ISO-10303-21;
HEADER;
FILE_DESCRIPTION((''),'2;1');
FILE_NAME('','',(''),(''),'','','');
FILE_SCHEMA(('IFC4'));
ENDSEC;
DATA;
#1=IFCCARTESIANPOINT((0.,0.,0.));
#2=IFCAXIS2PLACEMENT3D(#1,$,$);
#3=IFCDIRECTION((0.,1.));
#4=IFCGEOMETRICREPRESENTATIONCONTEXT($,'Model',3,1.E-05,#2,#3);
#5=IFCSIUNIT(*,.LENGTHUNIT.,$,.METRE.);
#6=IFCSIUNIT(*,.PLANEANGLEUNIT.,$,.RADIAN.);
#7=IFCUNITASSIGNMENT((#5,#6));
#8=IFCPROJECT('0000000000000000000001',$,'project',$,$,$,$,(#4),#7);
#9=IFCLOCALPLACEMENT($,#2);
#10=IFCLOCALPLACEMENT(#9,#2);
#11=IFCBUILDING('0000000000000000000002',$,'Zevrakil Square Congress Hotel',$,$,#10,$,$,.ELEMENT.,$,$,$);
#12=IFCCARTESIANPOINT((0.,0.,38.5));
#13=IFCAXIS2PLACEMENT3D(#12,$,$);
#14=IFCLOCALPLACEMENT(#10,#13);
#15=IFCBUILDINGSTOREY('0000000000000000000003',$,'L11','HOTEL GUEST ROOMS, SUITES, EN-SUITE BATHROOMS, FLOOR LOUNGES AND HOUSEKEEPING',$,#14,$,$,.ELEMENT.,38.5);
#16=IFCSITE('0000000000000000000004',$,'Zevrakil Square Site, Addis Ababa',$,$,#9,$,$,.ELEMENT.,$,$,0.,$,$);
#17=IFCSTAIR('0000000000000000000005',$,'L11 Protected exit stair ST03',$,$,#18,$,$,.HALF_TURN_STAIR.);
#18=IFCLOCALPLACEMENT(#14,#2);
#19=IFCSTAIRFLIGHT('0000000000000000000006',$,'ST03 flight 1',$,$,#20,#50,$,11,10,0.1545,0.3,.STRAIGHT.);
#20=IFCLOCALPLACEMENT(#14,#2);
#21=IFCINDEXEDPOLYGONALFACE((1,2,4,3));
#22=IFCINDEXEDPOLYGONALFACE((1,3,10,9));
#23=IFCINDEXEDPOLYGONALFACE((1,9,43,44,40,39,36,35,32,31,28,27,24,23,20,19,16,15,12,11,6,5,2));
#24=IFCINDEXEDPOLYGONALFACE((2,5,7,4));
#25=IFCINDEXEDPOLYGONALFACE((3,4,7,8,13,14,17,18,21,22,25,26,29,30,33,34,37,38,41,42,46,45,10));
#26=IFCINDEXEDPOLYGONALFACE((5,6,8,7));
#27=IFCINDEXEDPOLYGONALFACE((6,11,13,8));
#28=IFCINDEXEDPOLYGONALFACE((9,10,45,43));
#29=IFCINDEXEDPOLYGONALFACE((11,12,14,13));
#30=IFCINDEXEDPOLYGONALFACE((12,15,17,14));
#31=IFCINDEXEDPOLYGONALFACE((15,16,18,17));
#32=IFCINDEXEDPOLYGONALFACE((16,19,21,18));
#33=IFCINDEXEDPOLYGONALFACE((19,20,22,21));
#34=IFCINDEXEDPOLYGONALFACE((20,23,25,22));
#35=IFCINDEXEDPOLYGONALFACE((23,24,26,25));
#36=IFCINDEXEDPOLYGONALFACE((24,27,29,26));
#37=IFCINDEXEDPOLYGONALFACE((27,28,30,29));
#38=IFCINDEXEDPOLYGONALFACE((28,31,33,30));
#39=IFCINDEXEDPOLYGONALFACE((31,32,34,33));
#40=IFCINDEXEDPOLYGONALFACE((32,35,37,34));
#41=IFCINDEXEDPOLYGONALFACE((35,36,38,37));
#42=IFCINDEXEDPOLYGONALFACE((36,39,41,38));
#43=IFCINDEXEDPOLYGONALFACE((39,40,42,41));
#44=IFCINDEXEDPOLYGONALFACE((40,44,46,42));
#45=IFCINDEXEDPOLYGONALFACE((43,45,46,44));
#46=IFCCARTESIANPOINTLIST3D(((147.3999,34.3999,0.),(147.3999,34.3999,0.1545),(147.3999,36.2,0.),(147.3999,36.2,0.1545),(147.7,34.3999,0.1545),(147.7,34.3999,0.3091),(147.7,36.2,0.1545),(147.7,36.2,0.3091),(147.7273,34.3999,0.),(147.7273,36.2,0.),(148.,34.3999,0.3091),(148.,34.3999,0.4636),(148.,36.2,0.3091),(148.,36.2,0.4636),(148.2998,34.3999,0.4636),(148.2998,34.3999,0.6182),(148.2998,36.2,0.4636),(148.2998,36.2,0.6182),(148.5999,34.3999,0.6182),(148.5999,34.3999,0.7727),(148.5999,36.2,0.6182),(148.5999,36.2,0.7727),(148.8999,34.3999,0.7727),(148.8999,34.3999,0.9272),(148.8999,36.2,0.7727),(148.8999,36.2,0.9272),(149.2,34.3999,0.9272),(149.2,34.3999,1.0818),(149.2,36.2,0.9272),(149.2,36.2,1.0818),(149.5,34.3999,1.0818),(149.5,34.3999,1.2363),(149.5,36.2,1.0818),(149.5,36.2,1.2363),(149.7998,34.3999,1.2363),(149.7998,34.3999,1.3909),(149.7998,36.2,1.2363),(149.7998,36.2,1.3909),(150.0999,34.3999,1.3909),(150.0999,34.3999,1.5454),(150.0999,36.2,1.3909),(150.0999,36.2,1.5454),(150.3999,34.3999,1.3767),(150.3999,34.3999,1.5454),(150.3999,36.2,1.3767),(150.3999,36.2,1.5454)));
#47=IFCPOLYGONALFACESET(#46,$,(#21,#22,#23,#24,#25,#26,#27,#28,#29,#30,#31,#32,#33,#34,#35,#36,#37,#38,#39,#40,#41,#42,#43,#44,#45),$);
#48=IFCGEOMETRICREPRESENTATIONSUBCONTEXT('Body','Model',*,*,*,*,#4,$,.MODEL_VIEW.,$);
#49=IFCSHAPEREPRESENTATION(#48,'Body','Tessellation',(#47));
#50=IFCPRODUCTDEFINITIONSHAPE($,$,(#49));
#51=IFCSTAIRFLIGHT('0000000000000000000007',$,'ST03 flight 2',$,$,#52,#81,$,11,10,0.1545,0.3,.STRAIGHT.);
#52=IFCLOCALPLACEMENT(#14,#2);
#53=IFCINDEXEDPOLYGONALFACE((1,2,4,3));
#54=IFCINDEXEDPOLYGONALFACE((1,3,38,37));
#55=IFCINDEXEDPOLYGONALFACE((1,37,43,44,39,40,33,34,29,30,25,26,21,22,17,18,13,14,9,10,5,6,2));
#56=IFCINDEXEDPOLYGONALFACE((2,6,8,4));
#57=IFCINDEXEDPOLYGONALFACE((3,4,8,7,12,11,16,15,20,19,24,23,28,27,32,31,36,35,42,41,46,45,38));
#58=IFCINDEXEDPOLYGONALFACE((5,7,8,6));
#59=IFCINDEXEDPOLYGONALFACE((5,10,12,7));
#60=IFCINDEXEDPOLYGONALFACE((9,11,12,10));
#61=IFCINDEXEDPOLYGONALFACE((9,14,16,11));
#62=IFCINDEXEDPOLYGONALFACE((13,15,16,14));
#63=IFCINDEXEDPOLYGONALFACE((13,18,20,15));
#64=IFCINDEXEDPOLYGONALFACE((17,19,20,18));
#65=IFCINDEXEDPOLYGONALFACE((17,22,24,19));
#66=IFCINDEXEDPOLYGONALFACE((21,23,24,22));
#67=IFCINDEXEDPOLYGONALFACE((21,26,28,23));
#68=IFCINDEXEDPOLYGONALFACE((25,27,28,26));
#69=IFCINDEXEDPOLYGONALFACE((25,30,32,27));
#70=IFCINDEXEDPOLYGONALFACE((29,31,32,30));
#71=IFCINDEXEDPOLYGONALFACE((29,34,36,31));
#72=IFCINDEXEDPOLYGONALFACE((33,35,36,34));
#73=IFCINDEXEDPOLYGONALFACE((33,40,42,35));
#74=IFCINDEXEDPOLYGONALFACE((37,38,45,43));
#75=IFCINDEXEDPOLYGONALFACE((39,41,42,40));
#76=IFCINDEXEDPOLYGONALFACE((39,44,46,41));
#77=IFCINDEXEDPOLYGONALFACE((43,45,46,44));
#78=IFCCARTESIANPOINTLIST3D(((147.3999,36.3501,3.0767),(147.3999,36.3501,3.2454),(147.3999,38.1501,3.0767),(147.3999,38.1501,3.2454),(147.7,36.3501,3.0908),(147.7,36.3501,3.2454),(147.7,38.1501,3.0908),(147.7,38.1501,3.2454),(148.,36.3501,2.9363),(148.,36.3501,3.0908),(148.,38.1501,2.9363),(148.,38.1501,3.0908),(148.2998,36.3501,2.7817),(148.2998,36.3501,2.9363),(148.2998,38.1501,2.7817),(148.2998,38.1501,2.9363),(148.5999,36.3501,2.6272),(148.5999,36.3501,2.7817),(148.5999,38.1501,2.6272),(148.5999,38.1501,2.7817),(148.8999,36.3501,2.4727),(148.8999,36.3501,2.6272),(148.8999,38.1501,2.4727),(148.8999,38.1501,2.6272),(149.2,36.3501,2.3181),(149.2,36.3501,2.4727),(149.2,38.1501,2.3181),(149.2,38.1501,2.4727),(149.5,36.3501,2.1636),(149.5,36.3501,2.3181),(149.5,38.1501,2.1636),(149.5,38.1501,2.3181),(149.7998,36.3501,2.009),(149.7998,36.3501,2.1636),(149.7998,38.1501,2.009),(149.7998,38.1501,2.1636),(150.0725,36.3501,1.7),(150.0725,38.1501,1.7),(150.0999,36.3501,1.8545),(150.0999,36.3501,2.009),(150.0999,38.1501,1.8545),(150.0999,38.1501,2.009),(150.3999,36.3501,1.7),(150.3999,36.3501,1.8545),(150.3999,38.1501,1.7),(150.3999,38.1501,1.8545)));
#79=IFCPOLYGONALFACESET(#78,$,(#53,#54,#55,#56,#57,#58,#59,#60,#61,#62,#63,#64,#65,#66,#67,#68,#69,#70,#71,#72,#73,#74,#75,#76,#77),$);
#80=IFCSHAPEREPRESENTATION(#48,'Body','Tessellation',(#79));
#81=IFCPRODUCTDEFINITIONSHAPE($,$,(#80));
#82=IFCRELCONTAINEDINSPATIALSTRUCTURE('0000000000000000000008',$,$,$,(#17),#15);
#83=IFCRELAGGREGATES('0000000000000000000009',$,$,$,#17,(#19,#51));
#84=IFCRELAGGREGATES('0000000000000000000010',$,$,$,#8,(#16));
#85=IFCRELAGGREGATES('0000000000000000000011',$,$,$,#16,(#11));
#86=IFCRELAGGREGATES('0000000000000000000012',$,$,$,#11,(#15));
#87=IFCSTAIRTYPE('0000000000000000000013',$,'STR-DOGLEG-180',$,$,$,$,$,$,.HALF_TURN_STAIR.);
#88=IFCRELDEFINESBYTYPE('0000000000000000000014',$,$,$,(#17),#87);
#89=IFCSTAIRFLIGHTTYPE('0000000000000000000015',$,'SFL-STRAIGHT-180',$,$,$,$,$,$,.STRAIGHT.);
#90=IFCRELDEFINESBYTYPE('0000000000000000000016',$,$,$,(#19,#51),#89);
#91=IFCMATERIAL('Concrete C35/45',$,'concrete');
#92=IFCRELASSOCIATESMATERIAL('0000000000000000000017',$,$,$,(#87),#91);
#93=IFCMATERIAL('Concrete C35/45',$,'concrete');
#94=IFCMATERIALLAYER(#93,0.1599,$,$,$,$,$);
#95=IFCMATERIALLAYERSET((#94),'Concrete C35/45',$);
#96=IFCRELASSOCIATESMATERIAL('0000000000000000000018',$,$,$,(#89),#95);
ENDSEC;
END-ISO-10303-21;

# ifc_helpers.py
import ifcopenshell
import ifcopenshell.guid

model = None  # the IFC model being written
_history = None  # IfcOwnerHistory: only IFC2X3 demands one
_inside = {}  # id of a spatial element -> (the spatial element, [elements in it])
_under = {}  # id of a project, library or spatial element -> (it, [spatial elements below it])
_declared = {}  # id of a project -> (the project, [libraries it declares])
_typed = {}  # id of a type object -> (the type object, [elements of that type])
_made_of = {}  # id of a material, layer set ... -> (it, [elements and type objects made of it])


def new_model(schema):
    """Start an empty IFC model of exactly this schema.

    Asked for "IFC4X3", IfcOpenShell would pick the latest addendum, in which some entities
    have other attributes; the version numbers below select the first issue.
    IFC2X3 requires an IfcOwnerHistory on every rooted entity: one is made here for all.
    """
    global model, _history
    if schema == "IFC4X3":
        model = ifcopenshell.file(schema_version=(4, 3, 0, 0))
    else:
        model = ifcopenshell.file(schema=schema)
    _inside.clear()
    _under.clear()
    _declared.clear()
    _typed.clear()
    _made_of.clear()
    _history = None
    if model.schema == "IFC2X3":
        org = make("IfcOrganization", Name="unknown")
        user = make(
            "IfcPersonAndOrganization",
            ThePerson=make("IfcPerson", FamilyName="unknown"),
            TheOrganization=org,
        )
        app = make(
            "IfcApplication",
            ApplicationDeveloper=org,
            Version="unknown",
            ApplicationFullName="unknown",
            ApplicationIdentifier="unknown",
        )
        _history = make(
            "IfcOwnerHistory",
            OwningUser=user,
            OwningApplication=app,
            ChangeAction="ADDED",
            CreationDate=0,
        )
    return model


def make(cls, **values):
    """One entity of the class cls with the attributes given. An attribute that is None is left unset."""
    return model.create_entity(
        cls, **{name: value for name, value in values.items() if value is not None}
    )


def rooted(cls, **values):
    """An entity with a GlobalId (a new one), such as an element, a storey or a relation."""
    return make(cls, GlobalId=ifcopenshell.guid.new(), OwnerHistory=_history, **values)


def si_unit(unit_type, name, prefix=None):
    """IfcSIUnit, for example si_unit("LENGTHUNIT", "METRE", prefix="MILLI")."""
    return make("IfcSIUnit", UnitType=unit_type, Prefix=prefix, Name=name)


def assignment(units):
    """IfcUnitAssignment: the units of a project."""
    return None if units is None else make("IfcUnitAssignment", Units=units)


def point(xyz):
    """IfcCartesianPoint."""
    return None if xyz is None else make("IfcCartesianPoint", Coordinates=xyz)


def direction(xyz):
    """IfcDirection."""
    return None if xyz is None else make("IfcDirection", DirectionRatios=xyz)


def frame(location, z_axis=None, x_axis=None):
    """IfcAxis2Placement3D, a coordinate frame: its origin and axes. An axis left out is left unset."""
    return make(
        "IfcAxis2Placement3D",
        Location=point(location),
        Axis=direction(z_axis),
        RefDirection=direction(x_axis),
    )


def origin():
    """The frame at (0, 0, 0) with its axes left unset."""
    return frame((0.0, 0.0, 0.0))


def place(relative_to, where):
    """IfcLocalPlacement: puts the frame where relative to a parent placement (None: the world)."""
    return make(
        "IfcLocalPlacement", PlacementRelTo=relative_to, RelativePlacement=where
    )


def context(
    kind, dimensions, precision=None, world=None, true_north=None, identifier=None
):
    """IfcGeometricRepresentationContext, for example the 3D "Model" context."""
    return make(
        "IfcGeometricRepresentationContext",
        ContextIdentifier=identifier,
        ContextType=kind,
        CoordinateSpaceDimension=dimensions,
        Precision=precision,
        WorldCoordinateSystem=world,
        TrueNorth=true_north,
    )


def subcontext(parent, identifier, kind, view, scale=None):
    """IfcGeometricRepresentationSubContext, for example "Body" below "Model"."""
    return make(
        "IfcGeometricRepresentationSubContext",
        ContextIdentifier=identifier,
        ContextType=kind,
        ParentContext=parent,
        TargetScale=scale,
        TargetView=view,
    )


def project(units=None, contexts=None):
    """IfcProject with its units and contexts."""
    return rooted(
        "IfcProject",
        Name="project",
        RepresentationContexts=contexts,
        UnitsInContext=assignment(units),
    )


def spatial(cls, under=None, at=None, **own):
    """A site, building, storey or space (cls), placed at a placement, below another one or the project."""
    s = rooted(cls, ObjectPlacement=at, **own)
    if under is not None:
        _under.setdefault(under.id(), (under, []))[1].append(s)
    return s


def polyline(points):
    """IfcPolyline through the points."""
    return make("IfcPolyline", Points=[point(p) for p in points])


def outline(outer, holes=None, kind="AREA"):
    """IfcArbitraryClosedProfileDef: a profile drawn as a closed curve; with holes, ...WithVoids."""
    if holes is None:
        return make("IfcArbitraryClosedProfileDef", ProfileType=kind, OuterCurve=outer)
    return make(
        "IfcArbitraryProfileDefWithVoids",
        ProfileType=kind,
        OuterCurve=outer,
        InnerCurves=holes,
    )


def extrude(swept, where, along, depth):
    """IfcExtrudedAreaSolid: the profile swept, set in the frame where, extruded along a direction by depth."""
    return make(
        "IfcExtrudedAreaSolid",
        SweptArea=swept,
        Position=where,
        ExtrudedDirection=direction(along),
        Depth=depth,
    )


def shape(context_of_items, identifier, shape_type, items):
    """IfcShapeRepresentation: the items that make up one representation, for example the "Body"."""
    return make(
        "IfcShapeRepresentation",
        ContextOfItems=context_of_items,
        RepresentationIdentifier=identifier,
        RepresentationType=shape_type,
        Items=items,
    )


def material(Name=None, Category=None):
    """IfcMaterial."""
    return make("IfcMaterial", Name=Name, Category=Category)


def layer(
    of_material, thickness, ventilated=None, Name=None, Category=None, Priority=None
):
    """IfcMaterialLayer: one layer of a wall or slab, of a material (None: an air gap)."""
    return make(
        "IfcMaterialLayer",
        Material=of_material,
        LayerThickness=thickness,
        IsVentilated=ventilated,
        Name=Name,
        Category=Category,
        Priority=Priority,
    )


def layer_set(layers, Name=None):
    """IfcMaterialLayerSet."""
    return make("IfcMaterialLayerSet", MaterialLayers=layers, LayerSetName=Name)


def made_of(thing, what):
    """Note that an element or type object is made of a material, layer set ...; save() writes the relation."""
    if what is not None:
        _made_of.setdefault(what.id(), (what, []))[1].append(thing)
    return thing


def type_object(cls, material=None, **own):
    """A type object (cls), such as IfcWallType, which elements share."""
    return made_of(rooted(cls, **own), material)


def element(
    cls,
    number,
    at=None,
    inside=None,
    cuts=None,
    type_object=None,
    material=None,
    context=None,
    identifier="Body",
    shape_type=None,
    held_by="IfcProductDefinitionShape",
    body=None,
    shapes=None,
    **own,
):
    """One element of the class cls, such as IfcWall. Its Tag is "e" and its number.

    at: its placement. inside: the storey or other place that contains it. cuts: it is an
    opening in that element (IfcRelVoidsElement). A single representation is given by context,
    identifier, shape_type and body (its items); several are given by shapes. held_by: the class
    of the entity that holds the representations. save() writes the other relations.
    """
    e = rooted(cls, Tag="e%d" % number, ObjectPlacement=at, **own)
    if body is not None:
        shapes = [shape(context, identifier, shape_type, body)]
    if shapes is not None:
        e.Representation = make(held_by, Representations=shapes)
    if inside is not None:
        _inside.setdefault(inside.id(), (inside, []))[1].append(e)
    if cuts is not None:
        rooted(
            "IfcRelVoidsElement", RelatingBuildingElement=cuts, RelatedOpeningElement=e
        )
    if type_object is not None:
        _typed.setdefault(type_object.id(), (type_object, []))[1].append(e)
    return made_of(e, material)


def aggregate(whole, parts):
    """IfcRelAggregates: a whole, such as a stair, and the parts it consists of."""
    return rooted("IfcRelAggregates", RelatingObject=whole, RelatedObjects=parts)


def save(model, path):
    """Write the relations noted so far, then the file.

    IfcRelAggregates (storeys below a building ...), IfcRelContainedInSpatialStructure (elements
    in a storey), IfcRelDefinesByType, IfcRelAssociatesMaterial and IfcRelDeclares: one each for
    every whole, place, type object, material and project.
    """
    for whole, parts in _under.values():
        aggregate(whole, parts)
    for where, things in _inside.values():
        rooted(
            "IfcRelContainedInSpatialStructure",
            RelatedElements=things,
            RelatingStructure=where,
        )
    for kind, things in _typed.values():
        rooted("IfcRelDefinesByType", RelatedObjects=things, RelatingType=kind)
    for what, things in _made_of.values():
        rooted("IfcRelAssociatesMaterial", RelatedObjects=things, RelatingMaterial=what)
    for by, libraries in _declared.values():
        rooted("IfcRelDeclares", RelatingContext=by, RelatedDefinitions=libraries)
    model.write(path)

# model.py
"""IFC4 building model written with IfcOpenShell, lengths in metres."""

from ifc_helpers import new_model, si_unit, direction, frame, origin, place, context, subcontext, project, spatial, polyline, outline, extrude, material, layer, layer_set, type_object, element, aggregate, save


model = new_model("IFC4")

# Units and contexts
model_context = context("Model", 3, precision=1e-05, world=origin(), true_north=direction((0.0, 1.0)))
body_context = subcontext(model_context, "Body", "Model", "MODEL_VIEW")
ifc_project = project(units=[si_unit("LENGTHUNIT", "METRE"), si_unit("PLANEANGLEUNIT", "RADIAN")], contexts=[model_context])

# Site, building, storey
site_placement = place(None, origin())
site = spatial("IfcSite", under=ifc_project, at=site_placement, Name="Zevrakil Square Site, Addis Ababa", CompositionType="ELEMENT", RefElevation=0.0)
building_placement = place(site_placement, origin())
building = spatial("IfcBuilding", under=site, at=building_placement, Name="Zevrakil Square Congress Hotel", CompositionType="ELEMENT")
storey_placement = place(building_placement, frame((0.0, 0.0, 38.5)))
storey = spatial("IfcBuildingStorey", under=building, at=storey_placement, Name="L11", Description="HOTEL GUEST ROOMS, SUITES, EN-SUITE BATHROOMS, FLOOR LOUNGES AND HOUSEKEEPING", CompositionType="ELEMENT", Elevation=38.5)

# Stair, stair flights
ifc_material_1 = material(Name="Concrete C35/45", Category="concrete")
stair_type = type_object("IfcStairType", Name="STR-DOGLEG-180", PredefinedType="HALF_TURN_STAIR", material=ifc_material_1)
stair_placement = place(storey_placement, origin())
stair = element("IfcStair", 1, at=stair_placement, inside=storey, type_object=stair_type, Name="L11 Protected exit stair ST03", PredefinedType="HALF_TURN_STAIR")
ifc_material_2 = material(Name="Concrete C35/45", Category="concrete")
ifc_layer_1 = layer(ifc_material_2, 0.1599)
ifc_layer_set_1 = layer_set([ifc_layer_1], Name="Concrete C35/45")
stair_flight_type = type_object("IfcStairFlightType", Name="SFL-STRAIGHT-180", PredefinedType="STRAIGHT", material=ifc_layer_set_1)
stair_flight_1_placement = place(storey_placement, frame((147.3999, 35.3, 0.0), z_axis=(0.0, 0.0, 1.0), x_axis=(1.0, 0.0, 0.0)))
stair_flight_1 = element("IfcStairFlight", 2, at=stair_flight_1_placement, type_object=stair_flight_type, Name="ST03 flight 1", NumberOfRisers=11, NumberOfTreads=10, PredefinedType="STRAIGHT", RiserHeight=0.1545, TreadLength=0.3, context=body_context, shape_type="SweptSolid", body=[
    extrude(outline(polyline([(0.0, 0.0), (0.0, 0.1545), (0.3, 0.1545), (0.3, 0.3091), (0.6001, 0.3091), (0.6001, 0.4636), (0.8999, 0.4636), (0.8999, 0.6182), (1.2, 0.6182), (1.2, 0.7727), (1.5, 0.7727), (1.5, 0.9272), (1.8, 0.9272), (1.8, 1.0818), (2.1001, 1.0818), (2.1001, 1.2363), (2.3999, 1.2363), (2.3999, 1.3909), (2.7, 1.3909), (2.7, 1.5454), (3.0, 1.5454), (3.0, 1.7), (3.0, 1.3767), (0.3274, 0.0), (0.0, 0.0)])), frame((0.0, 0.8999, 0.0), z_axis=(0.0, -1.0, 0.0), x_axis=(1.0, 0.0, 0.0)), (0.0, 0.0, 1.0), 1.8),
])
stair_flight_2_placement = place(storey_placement, frame((150.3999, 37.25, 1.7), z_axis=(0.0, 0.0, 1.0), x_axis=(-1.0, 0.0, 0.0)))
stair_flight_2 = element("IfcStairFlight", 3, at=stair_flight_2_placement, type_object=stair_flight_type, Name="ST03 flight 2", NumberOfRisers=11, NumberOfTreads=10, PredefinedType="STRAIGHT", RiserHeight=0.1545, TreadLength=0.3, context=body_context, shape_type="SweptSolid", body=[
    extrude(outline(polyline([(0.0, 0.0), (0.0, 0.1545), (0.3, 0.1545), (0.3, 0.3091), (0.6001, 0.3091), (0.6001, 0.4636), (0.8999, 0.4636), (0.8999, 0.6182), (1.2, 0.6182), (1.2, 0.7727), (1.5, 0.7727), (1.5, 0.9272), (1.8, 0.9272), (1.8, 1.0818), (2.1001, 1.0818), (2.1001, 1.2363), (2.3999, 1.2363), (2.3999, 1.3909), (2.7, 1.3909), (2.7, 1.5454), (3.0, 1.5454), (3.0, 1.7), (3.0, 1.3767), (0.3274, 0.0), (0.0, 0.0)])), frame((0.0, 0.8999, 0.0), z_axis=(0.0, -1.0, 0.0), x_axis=(1.0, 0.0, 0.0)), (0.0, 0.0, 1.0), 1.8),
])
aggregate(stair, [stair_flight_1, stair_flight_2])

save(model, "model.ifc")
